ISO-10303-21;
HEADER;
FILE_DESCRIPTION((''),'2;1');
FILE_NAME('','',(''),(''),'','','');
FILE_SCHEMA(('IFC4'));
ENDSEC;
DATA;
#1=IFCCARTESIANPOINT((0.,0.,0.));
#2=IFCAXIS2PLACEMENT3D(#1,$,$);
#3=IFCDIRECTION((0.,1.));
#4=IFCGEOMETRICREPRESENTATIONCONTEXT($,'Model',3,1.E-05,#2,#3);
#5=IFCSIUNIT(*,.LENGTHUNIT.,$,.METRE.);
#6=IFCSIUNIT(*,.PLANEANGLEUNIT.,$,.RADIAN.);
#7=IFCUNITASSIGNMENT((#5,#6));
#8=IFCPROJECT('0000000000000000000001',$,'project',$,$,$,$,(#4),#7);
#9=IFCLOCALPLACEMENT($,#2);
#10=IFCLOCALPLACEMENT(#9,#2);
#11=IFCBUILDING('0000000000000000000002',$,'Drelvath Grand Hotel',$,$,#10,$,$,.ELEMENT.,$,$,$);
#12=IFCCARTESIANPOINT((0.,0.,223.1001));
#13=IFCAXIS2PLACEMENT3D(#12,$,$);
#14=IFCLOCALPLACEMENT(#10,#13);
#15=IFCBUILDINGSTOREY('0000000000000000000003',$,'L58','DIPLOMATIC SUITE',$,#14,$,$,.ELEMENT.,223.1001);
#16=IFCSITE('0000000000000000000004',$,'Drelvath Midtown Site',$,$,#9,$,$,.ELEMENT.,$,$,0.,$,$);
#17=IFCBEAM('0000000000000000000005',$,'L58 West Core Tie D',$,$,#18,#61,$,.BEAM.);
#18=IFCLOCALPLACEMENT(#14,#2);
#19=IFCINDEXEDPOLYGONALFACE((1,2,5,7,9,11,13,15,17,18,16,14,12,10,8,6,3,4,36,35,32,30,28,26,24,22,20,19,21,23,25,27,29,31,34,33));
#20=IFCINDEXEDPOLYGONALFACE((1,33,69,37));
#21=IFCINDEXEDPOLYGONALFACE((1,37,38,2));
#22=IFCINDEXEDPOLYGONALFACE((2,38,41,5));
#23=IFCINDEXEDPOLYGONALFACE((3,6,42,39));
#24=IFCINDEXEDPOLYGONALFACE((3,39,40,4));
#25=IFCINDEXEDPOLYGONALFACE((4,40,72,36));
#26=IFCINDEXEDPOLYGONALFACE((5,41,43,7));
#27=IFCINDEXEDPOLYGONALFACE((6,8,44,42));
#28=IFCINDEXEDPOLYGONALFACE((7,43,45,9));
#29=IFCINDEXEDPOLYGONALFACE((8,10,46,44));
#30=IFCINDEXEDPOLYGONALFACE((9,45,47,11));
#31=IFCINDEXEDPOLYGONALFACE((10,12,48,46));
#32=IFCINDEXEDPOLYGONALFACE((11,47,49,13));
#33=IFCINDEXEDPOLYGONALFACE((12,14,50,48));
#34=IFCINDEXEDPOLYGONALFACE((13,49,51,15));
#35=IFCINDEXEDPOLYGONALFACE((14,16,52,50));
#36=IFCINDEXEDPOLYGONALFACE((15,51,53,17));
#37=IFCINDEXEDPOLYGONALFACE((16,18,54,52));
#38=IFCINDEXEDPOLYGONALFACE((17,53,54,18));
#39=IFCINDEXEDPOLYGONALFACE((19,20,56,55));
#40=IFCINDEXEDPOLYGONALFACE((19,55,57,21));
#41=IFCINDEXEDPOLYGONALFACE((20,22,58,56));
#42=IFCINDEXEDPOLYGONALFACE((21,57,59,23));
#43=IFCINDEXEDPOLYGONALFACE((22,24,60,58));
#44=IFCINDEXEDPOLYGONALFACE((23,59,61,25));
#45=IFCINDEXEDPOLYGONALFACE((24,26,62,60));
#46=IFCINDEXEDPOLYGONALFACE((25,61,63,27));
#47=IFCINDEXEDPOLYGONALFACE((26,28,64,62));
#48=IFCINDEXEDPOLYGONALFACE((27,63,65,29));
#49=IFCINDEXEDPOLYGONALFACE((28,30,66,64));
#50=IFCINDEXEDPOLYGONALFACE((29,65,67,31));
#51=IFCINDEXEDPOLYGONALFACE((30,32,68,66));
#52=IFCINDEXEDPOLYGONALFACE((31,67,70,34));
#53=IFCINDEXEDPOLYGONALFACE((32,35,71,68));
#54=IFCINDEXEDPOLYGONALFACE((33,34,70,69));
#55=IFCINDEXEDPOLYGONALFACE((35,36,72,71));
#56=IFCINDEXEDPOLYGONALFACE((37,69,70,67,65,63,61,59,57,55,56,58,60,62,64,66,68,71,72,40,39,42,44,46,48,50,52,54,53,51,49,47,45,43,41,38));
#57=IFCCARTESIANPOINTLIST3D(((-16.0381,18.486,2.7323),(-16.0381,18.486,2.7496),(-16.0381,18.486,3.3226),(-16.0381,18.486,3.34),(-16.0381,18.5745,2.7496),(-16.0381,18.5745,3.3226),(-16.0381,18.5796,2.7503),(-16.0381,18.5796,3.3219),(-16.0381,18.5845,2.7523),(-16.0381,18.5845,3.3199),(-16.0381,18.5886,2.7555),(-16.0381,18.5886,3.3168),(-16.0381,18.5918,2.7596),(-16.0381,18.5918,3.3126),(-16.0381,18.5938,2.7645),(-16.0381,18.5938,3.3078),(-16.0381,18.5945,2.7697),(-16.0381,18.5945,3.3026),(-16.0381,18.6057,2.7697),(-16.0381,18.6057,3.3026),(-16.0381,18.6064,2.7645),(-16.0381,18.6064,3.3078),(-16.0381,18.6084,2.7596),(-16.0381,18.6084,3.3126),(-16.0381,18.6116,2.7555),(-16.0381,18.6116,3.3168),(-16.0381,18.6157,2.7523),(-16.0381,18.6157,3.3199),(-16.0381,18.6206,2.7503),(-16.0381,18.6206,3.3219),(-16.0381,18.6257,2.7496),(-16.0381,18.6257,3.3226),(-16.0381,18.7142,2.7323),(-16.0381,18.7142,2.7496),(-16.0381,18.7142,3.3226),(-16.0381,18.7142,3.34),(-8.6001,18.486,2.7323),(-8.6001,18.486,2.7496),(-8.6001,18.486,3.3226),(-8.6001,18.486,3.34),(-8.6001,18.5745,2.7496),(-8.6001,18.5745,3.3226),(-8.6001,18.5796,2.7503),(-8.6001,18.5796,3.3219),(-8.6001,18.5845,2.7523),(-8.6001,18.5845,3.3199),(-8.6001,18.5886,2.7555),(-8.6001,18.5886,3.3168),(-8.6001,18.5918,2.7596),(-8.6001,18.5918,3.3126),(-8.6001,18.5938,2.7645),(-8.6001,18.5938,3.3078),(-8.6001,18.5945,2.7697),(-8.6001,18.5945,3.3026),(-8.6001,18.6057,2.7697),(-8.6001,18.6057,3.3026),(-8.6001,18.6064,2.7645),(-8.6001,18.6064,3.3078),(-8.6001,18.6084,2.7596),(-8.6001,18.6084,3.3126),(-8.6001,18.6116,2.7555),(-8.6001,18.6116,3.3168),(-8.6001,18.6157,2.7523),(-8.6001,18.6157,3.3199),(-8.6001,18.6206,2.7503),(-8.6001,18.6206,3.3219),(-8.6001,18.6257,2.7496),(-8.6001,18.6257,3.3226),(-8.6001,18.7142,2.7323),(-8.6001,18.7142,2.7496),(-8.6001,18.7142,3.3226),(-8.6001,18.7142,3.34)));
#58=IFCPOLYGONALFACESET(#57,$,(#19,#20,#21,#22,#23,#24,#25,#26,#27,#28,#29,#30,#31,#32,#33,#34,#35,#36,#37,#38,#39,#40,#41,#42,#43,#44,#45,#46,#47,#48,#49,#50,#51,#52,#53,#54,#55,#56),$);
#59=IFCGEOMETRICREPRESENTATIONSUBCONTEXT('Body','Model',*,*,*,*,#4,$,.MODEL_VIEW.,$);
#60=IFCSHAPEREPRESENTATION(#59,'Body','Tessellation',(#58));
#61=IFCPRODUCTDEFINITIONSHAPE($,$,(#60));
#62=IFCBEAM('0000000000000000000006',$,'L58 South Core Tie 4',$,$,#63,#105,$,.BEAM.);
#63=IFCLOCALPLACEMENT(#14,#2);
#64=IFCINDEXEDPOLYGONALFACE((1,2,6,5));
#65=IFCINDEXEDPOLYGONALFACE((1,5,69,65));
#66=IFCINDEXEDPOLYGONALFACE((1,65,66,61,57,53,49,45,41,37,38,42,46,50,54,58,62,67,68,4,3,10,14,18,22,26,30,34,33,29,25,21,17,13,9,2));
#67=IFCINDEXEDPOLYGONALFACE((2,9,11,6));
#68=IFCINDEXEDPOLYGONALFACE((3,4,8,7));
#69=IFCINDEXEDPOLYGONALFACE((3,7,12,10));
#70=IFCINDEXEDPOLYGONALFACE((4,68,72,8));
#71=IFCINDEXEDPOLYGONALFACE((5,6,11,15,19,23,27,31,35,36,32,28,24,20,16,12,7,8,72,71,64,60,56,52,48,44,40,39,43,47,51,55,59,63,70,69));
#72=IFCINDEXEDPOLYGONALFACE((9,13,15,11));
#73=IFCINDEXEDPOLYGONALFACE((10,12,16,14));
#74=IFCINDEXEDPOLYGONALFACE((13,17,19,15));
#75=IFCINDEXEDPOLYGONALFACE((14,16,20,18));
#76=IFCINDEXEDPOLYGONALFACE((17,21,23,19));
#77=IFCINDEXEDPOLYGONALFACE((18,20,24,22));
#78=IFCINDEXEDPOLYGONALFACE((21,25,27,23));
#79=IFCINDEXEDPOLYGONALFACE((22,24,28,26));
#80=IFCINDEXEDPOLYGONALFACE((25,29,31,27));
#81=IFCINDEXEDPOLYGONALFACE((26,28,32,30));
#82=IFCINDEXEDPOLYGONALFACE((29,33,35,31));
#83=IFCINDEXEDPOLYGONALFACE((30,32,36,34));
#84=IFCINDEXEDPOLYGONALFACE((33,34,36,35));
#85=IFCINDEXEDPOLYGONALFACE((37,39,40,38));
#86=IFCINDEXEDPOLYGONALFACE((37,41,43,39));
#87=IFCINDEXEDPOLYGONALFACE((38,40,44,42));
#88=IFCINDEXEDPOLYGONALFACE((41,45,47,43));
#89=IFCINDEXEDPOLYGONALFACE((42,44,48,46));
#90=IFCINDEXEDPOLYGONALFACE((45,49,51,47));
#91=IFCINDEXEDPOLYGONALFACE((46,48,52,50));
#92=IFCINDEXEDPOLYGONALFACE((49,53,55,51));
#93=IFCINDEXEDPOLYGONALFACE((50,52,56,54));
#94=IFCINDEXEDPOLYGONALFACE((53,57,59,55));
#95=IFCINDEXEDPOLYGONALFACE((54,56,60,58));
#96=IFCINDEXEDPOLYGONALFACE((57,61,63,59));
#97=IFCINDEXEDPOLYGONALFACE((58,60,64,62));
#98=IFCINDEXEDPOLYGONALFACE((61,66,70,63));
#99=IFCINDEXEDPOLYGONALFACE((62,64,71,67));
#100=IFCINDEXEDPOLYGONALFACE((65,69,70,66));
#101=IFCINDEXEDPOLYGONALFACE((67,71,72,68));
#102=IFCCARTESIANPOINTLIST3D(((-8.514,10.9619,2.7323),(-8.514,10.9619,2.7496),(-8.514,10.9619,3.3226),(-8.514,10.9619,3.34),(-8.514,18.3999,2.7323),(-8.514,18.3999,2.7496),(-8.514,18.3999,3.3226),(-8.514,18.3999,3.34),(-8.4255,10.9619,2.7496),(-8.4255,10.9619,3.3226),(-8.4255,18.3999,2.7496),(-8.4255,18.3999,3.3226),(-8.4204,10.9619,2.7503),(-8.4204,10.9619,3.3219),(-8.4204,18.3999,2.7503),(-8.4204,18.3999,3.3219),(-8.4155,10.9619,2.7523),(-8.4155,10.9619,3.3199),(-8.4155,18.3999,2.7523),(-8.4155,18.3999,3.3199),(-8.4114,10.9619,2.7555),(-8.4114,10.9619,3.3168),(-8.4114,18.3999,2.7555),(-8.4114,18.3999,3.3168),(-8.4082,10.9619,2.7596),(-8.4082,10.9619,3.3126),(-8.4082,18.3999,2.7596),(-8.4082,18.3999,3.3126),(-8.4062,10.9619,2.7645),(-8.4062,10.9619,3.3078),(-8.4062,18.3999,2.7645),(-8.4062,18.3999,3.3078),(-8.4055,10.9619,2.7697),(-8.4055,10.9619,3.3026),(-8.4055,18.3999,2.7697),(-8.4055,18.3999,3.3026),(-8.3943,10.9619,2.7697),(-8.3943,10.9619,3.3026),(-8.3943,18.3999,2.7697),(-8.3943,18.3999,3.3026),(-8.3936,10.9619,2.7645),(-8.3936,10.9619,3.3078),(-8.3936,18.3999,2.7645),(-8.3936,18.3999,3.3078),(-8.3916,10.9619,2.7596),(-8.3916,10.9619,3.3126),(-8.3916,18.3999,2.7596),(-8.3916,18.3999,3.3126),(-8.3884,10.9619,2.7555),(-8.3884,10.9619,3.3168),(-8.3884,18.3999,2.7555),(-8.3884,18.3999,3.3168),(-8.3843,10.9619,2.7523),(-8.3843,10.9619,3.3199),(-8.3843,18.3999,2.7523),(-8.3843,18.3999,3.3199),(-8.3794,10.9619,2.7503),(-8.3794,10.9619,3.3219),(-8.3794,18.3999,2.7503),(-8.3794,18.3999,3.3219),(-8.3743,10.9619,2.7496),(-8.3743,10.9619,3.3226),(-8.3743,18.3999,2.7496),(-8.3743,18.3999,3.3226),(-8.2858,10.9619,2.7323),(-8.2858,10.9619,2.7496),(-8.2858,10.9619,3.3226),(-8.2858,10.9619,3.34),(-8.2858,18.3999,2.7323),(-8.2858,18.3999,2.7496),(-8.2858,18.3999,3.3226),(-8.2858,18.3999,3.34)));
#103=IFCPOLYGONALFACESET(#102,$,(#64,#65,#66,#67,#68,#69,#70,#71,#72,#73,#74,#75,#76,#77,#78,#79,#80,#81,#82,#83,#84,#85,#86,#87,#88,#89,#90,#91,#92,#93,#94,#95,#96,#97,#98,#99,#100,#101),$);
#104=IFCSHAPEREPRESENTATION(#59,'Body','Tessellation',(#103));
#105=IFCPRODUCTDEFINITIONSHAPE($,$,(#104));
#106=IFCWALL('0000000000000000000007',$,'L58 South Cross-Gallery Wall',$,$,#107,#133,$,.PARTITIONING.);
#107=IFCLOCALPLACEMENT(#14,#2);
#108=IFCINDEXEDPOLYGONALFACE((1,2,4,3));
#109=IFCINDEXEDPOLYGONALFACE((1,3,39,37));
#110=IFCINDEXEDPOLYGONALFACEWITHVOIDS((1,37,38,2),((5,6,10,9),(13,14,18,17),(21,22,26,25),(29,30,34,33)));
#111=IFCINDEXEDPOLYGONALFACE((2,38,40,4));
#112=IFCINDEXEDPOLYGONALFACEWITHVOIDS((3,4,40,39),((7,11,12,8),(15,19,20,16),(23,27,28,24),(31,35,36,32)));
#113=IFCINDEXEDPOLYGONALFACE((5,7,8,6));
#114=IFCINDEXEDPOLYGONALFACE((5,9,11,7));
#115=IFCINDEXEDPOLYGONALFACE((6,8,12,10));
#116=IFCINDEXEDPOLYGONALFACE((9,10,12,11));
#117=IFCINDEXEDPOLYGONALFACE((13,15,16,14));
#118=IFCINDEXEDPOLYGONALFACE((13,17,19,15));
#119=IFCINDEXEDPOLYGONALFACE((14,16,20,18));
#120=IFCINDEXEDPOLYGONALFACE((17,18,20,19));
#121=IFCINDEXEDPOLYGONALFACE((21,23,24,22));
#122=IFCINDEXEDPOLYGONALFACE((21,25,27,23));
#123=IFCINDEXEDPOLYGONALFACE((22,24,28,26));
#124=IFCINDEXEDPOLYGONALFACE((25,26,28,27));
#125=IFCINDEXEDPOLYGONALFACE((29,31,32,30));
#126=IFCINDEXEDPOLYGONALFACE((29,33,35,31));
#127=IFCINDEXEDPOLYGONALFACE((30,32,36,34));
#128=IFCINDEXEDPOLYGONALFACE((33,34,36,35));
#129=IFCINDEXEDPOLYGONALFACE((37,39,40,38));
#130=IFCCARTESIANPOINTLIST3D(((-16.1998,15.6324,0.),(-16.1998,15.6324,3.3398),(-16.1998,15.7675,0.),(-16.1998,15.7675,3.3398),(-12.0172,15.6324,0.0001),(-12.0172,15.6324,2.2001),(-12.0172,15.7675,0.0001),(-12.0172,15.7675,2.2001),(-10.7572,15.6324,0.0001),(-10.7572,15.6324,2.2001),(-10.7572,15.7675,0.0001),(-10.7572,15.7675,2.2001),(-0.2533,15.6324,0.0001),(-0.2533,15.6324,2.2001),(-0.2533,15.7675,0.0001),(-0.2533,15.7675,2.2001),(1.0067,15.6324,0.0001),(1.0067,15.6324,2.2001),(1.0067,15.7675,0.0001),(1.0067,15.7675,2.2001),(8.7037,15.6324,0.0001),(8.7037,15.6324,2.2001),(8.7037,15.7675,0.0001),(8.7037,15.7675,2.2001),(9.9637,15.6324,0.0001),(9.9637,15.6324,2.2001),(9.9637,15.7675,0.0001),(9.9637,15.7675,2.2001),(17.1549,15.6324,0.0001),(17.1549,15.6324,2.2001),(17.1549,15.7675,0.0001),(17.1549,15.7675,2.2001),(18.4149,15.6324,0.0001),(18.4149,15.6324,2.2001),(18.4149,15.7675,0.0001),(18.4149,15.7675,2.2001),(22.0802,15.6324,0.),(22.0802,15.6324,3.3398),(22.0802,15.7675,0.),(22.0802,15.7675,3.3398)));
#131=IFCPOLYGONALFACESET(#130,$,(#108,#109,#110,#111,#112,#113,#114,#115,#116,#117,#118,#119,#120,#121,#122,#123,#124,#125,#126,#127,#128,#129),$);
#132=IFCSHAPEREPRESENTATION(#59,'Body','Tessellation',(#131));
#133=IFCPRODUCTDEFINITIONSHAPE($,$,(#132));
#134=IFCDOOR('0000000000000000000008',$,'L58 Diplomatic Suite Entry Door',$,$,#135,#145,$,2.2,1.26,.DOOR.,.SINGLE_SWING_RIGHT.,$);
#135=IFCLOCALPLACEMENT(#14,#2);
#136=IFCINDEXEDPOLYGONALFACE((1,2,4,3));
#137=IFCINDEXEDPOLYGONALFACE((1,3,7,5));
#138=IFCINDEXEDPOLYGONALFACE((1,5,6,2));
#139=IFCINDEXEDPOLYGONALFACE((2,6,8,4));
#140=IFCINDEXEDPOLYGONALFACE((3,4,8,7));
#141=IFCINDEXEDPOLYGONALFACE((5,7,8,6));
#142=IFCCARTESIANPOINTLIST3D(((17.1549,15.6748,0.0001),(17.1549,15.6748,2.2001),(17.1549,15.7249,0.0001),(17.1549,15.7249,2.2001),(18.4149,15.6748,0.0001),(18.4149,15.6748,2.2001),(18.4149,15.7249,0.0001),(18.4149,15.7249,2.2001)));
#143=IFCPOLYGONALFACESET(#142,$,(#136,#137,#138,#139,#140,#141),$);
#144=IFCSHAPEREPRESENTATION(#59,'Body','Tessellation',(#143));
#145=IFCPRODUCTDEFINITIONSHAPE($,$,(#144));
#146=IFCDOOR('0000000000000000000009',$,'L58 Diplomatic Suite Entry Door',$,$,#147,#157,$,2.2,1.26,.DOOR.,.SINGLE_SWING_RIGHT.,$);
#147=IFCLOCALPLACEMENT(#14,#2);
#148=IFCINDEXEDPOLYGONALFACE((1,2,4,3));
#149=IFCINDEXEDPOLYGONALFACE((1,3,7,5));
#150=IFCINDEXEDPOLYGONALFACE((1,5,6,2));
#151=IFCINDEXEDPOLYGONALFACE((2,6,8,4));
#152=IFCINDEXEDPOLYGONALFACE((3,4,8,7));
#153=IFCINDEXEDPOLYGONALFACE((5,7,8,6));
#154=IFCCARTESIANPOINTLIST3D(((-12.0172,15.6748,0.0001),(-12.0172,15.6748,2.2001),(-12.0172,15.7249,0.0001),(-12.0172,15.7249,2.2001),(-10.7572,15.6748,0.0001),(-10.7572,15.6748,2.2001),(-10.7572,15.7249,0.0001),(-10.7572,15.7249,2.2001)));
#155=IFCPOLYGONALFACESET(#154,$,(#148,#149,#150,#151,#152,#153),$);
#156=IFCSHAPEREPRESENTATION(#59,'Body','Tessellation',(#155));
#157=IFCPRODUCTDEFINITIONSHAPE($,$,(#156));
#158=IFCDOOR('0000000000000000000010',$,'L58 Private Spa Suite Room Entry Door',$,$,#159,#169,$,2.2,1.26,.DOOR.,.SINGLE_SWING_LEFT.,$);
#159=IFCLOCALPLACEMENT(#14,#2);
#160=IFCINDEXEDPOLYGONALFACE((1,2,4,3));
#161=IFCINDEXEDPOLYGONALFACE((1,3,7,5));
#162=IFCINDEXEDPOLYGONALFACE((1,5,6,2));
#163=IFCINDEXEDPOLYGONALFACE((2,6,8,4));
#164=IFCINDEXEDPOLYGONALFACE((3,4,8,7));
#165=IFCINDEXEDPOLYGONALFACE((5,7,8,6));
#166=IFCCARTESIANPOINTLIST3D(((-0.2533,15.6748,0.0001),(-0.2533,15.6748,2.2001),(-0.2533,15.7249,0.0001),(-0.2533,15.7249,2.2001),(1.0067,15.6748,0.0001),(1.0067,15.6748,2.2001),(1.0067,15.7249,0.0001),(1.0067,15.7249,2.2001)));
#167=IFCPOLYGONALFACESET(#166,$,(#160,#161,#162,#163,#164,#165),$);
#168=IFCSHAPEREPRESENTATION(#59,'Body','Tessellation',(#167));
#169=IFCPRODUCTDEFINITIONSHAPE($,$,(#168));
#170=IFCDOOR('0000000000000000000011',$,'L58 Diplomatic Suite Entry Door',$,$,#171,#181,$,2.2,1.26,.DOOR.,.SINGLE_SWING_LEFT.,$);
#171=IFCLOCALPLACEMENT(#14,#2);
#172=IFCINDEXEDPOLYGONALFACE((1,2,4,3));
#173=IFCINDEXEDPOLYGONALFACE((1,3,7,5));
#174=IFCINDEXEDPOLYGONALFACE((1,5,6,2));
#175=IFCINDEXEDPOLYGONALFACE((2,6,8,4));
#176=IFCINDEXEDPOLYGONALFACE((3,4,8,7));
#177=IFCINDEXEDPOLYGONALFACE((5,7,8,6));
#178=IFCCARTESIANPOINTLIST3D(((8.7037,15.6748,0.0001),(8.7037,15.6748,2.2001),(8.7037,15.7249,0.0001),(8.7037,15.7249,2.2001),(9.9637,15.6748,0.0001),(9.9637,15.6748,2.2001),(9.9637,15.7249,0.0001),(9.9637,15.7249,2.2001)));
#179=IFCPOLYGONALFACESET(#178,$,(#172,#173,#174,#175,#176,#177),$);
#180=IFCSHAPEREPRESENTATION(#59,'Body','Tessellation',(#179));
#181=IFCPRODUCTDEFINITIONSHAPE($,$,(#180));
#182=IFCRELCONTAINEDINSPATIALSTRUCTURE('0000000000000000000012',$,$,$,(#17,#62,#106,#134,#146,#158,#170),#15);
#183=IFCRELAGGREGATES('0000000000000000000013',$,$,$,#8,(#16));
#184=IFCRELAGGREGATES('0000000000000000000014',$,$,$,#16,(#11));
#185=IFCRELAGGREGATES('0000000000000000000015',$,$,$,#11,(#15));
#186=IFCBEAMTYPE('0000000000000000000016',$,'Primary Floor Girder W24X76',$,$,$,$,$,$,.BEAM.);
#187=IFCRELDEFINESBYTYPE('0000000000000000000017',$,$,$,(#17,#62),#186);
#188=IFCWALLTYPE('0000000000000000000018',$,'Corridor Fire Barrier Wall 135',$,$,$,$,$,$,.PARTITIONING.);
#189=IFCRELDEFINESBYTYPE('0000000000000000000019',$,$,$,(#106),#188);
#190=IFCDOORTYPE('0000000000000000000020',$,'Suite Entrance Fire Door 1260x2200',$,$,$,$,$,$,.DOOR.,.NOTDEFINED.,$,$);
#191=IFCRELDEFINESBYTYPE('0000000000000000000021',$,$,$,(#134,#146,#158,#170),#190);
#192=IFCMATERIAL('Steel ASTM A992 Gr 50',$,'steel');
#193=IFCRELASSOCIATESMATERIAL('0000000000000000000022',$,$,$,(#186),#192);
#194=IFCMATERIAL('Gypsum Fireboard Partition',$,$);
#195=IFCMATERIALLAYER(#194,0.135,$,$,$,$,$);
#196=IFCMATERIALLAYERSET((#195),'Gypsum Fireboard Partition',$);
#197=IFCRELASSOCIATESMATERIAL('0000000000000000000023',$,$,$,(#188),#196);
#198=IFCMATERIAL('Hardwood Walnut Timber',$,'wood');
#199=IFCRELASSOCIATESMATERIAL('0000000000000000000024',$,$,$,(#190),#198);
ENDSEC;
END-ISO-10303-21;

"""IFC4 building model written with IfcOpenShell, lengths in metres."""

from ifc_helpers import new_model, si_unit, direction, frame, frame_2d, origin, origin_2d, place, context, subcontext, project, spatial, rectangle, i_section, extrude, material, layer, layer_set, material_profile, profile_set, type_object, element, fill, save


model = new_model("IFC4")

# Units and contexts
model_context = context("Model", 3, precision=1e-05, world=origin(), true_north=direction((0.0, 1.0)))
body_context = subcontext(model_context, "Body", "Model", "MODEL_VIEW")
ifc_project = project(units=[si_unit("LENGTHUNIT", "METRE"), si_unit("PLANEANGLEUNIT", "RADIAN")], contexts=[model_context])

# Site, building, storey
site_placement = place(None, origin())
site = spatial("IfcSite", under=ifc_project, at=site_placement, Name="Drelvath Midtown Site", CompositionType="ELEMENT", RefElevation=0.0)
building_placement = place(site_placement, origin())
building = spatial("IfcBuilding", under=site, at=building_placement, Name="Drelvath Grand Hotel", CompositionType="ELEMENT")
storey_placement = place(building_placement, frame((0.0, 0.0, 223.1001)))
storey = spatial("IfcBuildingStorey", under=building, at=storey_placement, Name="L58", Description="DIPLOMATIC SUITE", CompositionType="ELEMENT", Elevation=223.1001)

# Beams
ifc_material_1 = material(Name="Steel ASTM A992 Gr 50", Category="steel")
ifc_material_profile = material_profile(ifc_material_1, i_section(OverallWidth=0.2283, OverallDepth=0.6077, WebThickness=0.0112, FlangeThickness=0.0173, FilletRadius=0.02, at=origin_2d()), Name="W24X76")
ifc_profile_set = profile_set([ifc_material_profile], Name="Steel ASTM A992 Gr 50")
beam_type = type_object("IfcBeamType", Name="Primary Floor Girder W24X76", PredefinedType="BEAM", material=ifc_profile_set)
for number, where, z_axis, x_axis, name in (
    (1, (-16.0381, 18.6001, 3.0361), (1.0, 0.0, 0.0), (0.0, 1.0, 0.0), "L58 West Core Tie D"),
    (2, (-8.3999, 10.9619, 3.0361), (0.0, 1.0, 0.0), (-1.0, 0.0, 0.0), "L58 South Core Tie 4"),
):
    element("IfcBeam", number, at=place(storey_placement, frame(where, z_axis=z_axis, x_axis=x_axis)), inside=storey, type_object=beam_type, Name=name, PredefinedType="BEAM", context=body_context, shape_type="SweptSolid", body=[
        extrude(i_section(OverallWidth=0.2283, OverallDepth=0.6077, WebThickness=0.0112, FlangeThickness=0.0173, FilletRadius=0.02, at=origin_2d()), origin(), (0.0, 0.0, 1.0), 7.438),
    ])

# Wall, openings, doors
ifc_material_2 = material(Name="Gypsum Fireboard Partition")
ifc_layer_1 = layer(ifc_material_2, 0.135)
ifc_layer_set_1 = layer_set([ifc_layer_1], Name="Gypsum Fireboard Partition")
wall_type_1 = type_object("IfcWallType", Name="Corridor Fire Barrier Wall 135", PredefinedType="PARTITIONING", material=ifc_layer_set_1)
wall_1_placement = place(storey_placement, frame((-16.2, 15.7, 0.0), z_axis=(0.0, 0.0, 1.0), x_axis=(1.0, 0.0, 0.0)))
wall_1 = element("IfcWall", 3, at=wall_1_placement, inside=storey, type_object=wall_type_1, Name="L58 South Cross-Gallery Wall", PredefinedType="PARTITIONING", context=body_context, shape_type="SweptSolid", body=[
    extrude(rectangle(XDim=38.28, YDim=0.135, at=frame_2d((19.1401, 0.0))), origin(), (0.0, 0.0, 1.0), 3.3398),
])
opening_1_placement = place(wall_1_placement, frame((33.355, 0.0, 0.0)))
opening_1 = element("IfcOpeningElement", 4, at=opening_1_placement, cuts=wall_1, PredefinedType="OPENING", context=body_context, shape_type="SweptSolid", body=[
    extrude(rectangle(XDim=1.26, YDim=2.2, at=frame_2d((0.6299, 1.1001))), frame((0.0, 0.0774, 0.0), z_axis=(0.0, -1.0, 0.0), x_axis=(1.0, 0.0, 0.0)), (0.0, 0.0, 1.0), 0.155),
])
opening_2_placement = place(wall_1_placement, frame((4.1829, 0.0, 0.0)))
opening_2 = element("IfcOpeningElement", 5, at=opening_2_placement, cuts=wall_1, PredefinedType="OPENING", context=body_context, shape_type="SweptSolid", body=[
    extrude(rectangle(XDim=1.26, YDim=2.2, at=frame_2d((0.6299, 1.1001))), frame((0.0, 0.0774, 0.0), z_axis=(0.0, -1.0, 0.0), x_axis=(1.0, 0.0, 0.0)), (0.0, 0.0, 1.0), 0.155),
])
opening_3_placement = place(wall_1_placement, frame((15.9468, 0.0, 0.0)))
opening_3 = element("IfcOpeningElement", 6, at=opening_3_placement, cuts=wall_1, PredefinedType="OPENING", context=body_context, shape_type="SweptSolid", body=[
    extrude(rectangle(XDim=1.26, YDim=2.2, at=frame_2d((0.6299, 1.1001))), frame((0.0, 0.0774, 0.0), z_axis=(0.0, -1.0, 0.0), x_axis=(1.0, 0.0, 0.0)), (0.0, 0.0, 1.0), 0.155),
])
opening_4_placement = place(wall_1_placement, frame((24.9038, 0.0, 0.0)))
opening_4 = element("IfcOpeningElement", 7, at=opening_4_placement, cuts=wall_1, PredefinedType="OPENING", context=body_context, shape_type="SweptSolid", body=[
    extrude(rectangle(XDim=1.26, YDim=2.2, at=frame_2d((0.6299, 1.1001))), frame((0.0, 0.0774, 0.0), z_axis=(0.0, -1.0, 0.0), x_axis=(1.0, 0.0, 0.0)), (0.0, 0.0, 1.0), 0.155),
])
ifc_material_3 = material(Name="Hardwood Walnut Timber", Category="wood")
door_type_1 = type_object("IfcDoorType", Name="Suite Entrance Fire Door 1260x2200", OperationType="NOTDEFINED", PredefinedType="DOOR", material=ifc_material_3)
door_1_placement = place(opening_1_placement, origin())
door_1 = element("IfcDoor", 8, at=door_1_placement, inside=storey, type_object=door_type_1, Name="L58 Diplomatic Suite Entry Door", OperationType="SINGLE_SWING_RIGHT", OverallHeight=2.2, OverallWidth=1.26, PredefinedType="DOOR", context=body_context, shape_type="SweptSolid", body=[
    extrude(rectangle(XDim=1.26, YDim=2.2, at=frame_2d((0.6299, 1.1001))), frame((0.0, 0.0249, 0.0), z_axis=(0.0, -1.0, 0.0), x_axis=(1.0, 0.0, 0.0)), (0.0, 0.0, 1.0), 0.05),
])
fill(opening_1, door_1)
door_2_placement = place(opening_2_placement, origin())
door_2 = element("IfcDoor", 9, at=door_2_placement, inside=storey, type_object=door_type_1, Name="L58 Diplomatic Suite Entry Door", OperationType="SINGLE_SWING_RIGHT", OverallHeight=2.2, OverallWidth=1.26, PredefinedType="DOOR", context=body_context, shape_type="SweptSolid", body=[
    extrude(rectangle(XDim=1.26, YDim=2.2, at=frame_2d((0.6299, 1.1001))), frame((0.0, 0.0249, 0.0), z_axis=(0.0, -1.0, 0.0), x_axis=(1.0, 0.0, 0.0)), (0.0, 0.0, 1.0), 0.05),
])
fill(opening_2, door_2)
door_3_placement = place(opening_3_placement, origin())
door_3 = element("IfcDoor", 10, at=door_3_placement, inside=storey, type_object=door_type_1, Name="L58 Private Spa Suite Room Entry Door", OperationType="SINGLE_SWING_LEFT", OverallHeight=2.2, OverallWidth=1.26, PredefinedType="DOOR", context=body_context, shape_type="SweptSolid", body=[
    extrude(rectangle(XDim=1.26, YDim=2.2, at=frame_2d((0.6299, 1.1001))), frame((0.0, 0.0249, 0.0), z_axis=(0.0, -1.0, 0.0), x_axis=(1.0, 0.0, 0.0)), (0.0, 0.0, 1.0), 0.05),
])
fill(opening_3, door_3)
door_4_placement = place(opening_4_placement, origin())
door_4 = element("IfcDoor", 11, at=door_4_placement, inside=storey, type_object=door_type_1, Name="L58 Diplomatic Suite Entry Door", OperationType="SINGLE_SWING_LEFT", OverallHeight=2.2, OverallWidth=1.26, PredefinedType="DOOR", context=body_context, shape_type="SweptSolid", body=[
    extrude(rectangle(XDim=1.26, YDim=2.2, at=frame_2d((0.6299, 1.1001))), frame((0.0, 0.0249, 0.0), z_axis=(0.0, -1.0, 0.0), x_axis=(1.0, 0.0, 0.0)), (0.0, 0.0, 1.0), 0.05),
])
fill(opening_4, door_4)

save(model, "model.ifc")
